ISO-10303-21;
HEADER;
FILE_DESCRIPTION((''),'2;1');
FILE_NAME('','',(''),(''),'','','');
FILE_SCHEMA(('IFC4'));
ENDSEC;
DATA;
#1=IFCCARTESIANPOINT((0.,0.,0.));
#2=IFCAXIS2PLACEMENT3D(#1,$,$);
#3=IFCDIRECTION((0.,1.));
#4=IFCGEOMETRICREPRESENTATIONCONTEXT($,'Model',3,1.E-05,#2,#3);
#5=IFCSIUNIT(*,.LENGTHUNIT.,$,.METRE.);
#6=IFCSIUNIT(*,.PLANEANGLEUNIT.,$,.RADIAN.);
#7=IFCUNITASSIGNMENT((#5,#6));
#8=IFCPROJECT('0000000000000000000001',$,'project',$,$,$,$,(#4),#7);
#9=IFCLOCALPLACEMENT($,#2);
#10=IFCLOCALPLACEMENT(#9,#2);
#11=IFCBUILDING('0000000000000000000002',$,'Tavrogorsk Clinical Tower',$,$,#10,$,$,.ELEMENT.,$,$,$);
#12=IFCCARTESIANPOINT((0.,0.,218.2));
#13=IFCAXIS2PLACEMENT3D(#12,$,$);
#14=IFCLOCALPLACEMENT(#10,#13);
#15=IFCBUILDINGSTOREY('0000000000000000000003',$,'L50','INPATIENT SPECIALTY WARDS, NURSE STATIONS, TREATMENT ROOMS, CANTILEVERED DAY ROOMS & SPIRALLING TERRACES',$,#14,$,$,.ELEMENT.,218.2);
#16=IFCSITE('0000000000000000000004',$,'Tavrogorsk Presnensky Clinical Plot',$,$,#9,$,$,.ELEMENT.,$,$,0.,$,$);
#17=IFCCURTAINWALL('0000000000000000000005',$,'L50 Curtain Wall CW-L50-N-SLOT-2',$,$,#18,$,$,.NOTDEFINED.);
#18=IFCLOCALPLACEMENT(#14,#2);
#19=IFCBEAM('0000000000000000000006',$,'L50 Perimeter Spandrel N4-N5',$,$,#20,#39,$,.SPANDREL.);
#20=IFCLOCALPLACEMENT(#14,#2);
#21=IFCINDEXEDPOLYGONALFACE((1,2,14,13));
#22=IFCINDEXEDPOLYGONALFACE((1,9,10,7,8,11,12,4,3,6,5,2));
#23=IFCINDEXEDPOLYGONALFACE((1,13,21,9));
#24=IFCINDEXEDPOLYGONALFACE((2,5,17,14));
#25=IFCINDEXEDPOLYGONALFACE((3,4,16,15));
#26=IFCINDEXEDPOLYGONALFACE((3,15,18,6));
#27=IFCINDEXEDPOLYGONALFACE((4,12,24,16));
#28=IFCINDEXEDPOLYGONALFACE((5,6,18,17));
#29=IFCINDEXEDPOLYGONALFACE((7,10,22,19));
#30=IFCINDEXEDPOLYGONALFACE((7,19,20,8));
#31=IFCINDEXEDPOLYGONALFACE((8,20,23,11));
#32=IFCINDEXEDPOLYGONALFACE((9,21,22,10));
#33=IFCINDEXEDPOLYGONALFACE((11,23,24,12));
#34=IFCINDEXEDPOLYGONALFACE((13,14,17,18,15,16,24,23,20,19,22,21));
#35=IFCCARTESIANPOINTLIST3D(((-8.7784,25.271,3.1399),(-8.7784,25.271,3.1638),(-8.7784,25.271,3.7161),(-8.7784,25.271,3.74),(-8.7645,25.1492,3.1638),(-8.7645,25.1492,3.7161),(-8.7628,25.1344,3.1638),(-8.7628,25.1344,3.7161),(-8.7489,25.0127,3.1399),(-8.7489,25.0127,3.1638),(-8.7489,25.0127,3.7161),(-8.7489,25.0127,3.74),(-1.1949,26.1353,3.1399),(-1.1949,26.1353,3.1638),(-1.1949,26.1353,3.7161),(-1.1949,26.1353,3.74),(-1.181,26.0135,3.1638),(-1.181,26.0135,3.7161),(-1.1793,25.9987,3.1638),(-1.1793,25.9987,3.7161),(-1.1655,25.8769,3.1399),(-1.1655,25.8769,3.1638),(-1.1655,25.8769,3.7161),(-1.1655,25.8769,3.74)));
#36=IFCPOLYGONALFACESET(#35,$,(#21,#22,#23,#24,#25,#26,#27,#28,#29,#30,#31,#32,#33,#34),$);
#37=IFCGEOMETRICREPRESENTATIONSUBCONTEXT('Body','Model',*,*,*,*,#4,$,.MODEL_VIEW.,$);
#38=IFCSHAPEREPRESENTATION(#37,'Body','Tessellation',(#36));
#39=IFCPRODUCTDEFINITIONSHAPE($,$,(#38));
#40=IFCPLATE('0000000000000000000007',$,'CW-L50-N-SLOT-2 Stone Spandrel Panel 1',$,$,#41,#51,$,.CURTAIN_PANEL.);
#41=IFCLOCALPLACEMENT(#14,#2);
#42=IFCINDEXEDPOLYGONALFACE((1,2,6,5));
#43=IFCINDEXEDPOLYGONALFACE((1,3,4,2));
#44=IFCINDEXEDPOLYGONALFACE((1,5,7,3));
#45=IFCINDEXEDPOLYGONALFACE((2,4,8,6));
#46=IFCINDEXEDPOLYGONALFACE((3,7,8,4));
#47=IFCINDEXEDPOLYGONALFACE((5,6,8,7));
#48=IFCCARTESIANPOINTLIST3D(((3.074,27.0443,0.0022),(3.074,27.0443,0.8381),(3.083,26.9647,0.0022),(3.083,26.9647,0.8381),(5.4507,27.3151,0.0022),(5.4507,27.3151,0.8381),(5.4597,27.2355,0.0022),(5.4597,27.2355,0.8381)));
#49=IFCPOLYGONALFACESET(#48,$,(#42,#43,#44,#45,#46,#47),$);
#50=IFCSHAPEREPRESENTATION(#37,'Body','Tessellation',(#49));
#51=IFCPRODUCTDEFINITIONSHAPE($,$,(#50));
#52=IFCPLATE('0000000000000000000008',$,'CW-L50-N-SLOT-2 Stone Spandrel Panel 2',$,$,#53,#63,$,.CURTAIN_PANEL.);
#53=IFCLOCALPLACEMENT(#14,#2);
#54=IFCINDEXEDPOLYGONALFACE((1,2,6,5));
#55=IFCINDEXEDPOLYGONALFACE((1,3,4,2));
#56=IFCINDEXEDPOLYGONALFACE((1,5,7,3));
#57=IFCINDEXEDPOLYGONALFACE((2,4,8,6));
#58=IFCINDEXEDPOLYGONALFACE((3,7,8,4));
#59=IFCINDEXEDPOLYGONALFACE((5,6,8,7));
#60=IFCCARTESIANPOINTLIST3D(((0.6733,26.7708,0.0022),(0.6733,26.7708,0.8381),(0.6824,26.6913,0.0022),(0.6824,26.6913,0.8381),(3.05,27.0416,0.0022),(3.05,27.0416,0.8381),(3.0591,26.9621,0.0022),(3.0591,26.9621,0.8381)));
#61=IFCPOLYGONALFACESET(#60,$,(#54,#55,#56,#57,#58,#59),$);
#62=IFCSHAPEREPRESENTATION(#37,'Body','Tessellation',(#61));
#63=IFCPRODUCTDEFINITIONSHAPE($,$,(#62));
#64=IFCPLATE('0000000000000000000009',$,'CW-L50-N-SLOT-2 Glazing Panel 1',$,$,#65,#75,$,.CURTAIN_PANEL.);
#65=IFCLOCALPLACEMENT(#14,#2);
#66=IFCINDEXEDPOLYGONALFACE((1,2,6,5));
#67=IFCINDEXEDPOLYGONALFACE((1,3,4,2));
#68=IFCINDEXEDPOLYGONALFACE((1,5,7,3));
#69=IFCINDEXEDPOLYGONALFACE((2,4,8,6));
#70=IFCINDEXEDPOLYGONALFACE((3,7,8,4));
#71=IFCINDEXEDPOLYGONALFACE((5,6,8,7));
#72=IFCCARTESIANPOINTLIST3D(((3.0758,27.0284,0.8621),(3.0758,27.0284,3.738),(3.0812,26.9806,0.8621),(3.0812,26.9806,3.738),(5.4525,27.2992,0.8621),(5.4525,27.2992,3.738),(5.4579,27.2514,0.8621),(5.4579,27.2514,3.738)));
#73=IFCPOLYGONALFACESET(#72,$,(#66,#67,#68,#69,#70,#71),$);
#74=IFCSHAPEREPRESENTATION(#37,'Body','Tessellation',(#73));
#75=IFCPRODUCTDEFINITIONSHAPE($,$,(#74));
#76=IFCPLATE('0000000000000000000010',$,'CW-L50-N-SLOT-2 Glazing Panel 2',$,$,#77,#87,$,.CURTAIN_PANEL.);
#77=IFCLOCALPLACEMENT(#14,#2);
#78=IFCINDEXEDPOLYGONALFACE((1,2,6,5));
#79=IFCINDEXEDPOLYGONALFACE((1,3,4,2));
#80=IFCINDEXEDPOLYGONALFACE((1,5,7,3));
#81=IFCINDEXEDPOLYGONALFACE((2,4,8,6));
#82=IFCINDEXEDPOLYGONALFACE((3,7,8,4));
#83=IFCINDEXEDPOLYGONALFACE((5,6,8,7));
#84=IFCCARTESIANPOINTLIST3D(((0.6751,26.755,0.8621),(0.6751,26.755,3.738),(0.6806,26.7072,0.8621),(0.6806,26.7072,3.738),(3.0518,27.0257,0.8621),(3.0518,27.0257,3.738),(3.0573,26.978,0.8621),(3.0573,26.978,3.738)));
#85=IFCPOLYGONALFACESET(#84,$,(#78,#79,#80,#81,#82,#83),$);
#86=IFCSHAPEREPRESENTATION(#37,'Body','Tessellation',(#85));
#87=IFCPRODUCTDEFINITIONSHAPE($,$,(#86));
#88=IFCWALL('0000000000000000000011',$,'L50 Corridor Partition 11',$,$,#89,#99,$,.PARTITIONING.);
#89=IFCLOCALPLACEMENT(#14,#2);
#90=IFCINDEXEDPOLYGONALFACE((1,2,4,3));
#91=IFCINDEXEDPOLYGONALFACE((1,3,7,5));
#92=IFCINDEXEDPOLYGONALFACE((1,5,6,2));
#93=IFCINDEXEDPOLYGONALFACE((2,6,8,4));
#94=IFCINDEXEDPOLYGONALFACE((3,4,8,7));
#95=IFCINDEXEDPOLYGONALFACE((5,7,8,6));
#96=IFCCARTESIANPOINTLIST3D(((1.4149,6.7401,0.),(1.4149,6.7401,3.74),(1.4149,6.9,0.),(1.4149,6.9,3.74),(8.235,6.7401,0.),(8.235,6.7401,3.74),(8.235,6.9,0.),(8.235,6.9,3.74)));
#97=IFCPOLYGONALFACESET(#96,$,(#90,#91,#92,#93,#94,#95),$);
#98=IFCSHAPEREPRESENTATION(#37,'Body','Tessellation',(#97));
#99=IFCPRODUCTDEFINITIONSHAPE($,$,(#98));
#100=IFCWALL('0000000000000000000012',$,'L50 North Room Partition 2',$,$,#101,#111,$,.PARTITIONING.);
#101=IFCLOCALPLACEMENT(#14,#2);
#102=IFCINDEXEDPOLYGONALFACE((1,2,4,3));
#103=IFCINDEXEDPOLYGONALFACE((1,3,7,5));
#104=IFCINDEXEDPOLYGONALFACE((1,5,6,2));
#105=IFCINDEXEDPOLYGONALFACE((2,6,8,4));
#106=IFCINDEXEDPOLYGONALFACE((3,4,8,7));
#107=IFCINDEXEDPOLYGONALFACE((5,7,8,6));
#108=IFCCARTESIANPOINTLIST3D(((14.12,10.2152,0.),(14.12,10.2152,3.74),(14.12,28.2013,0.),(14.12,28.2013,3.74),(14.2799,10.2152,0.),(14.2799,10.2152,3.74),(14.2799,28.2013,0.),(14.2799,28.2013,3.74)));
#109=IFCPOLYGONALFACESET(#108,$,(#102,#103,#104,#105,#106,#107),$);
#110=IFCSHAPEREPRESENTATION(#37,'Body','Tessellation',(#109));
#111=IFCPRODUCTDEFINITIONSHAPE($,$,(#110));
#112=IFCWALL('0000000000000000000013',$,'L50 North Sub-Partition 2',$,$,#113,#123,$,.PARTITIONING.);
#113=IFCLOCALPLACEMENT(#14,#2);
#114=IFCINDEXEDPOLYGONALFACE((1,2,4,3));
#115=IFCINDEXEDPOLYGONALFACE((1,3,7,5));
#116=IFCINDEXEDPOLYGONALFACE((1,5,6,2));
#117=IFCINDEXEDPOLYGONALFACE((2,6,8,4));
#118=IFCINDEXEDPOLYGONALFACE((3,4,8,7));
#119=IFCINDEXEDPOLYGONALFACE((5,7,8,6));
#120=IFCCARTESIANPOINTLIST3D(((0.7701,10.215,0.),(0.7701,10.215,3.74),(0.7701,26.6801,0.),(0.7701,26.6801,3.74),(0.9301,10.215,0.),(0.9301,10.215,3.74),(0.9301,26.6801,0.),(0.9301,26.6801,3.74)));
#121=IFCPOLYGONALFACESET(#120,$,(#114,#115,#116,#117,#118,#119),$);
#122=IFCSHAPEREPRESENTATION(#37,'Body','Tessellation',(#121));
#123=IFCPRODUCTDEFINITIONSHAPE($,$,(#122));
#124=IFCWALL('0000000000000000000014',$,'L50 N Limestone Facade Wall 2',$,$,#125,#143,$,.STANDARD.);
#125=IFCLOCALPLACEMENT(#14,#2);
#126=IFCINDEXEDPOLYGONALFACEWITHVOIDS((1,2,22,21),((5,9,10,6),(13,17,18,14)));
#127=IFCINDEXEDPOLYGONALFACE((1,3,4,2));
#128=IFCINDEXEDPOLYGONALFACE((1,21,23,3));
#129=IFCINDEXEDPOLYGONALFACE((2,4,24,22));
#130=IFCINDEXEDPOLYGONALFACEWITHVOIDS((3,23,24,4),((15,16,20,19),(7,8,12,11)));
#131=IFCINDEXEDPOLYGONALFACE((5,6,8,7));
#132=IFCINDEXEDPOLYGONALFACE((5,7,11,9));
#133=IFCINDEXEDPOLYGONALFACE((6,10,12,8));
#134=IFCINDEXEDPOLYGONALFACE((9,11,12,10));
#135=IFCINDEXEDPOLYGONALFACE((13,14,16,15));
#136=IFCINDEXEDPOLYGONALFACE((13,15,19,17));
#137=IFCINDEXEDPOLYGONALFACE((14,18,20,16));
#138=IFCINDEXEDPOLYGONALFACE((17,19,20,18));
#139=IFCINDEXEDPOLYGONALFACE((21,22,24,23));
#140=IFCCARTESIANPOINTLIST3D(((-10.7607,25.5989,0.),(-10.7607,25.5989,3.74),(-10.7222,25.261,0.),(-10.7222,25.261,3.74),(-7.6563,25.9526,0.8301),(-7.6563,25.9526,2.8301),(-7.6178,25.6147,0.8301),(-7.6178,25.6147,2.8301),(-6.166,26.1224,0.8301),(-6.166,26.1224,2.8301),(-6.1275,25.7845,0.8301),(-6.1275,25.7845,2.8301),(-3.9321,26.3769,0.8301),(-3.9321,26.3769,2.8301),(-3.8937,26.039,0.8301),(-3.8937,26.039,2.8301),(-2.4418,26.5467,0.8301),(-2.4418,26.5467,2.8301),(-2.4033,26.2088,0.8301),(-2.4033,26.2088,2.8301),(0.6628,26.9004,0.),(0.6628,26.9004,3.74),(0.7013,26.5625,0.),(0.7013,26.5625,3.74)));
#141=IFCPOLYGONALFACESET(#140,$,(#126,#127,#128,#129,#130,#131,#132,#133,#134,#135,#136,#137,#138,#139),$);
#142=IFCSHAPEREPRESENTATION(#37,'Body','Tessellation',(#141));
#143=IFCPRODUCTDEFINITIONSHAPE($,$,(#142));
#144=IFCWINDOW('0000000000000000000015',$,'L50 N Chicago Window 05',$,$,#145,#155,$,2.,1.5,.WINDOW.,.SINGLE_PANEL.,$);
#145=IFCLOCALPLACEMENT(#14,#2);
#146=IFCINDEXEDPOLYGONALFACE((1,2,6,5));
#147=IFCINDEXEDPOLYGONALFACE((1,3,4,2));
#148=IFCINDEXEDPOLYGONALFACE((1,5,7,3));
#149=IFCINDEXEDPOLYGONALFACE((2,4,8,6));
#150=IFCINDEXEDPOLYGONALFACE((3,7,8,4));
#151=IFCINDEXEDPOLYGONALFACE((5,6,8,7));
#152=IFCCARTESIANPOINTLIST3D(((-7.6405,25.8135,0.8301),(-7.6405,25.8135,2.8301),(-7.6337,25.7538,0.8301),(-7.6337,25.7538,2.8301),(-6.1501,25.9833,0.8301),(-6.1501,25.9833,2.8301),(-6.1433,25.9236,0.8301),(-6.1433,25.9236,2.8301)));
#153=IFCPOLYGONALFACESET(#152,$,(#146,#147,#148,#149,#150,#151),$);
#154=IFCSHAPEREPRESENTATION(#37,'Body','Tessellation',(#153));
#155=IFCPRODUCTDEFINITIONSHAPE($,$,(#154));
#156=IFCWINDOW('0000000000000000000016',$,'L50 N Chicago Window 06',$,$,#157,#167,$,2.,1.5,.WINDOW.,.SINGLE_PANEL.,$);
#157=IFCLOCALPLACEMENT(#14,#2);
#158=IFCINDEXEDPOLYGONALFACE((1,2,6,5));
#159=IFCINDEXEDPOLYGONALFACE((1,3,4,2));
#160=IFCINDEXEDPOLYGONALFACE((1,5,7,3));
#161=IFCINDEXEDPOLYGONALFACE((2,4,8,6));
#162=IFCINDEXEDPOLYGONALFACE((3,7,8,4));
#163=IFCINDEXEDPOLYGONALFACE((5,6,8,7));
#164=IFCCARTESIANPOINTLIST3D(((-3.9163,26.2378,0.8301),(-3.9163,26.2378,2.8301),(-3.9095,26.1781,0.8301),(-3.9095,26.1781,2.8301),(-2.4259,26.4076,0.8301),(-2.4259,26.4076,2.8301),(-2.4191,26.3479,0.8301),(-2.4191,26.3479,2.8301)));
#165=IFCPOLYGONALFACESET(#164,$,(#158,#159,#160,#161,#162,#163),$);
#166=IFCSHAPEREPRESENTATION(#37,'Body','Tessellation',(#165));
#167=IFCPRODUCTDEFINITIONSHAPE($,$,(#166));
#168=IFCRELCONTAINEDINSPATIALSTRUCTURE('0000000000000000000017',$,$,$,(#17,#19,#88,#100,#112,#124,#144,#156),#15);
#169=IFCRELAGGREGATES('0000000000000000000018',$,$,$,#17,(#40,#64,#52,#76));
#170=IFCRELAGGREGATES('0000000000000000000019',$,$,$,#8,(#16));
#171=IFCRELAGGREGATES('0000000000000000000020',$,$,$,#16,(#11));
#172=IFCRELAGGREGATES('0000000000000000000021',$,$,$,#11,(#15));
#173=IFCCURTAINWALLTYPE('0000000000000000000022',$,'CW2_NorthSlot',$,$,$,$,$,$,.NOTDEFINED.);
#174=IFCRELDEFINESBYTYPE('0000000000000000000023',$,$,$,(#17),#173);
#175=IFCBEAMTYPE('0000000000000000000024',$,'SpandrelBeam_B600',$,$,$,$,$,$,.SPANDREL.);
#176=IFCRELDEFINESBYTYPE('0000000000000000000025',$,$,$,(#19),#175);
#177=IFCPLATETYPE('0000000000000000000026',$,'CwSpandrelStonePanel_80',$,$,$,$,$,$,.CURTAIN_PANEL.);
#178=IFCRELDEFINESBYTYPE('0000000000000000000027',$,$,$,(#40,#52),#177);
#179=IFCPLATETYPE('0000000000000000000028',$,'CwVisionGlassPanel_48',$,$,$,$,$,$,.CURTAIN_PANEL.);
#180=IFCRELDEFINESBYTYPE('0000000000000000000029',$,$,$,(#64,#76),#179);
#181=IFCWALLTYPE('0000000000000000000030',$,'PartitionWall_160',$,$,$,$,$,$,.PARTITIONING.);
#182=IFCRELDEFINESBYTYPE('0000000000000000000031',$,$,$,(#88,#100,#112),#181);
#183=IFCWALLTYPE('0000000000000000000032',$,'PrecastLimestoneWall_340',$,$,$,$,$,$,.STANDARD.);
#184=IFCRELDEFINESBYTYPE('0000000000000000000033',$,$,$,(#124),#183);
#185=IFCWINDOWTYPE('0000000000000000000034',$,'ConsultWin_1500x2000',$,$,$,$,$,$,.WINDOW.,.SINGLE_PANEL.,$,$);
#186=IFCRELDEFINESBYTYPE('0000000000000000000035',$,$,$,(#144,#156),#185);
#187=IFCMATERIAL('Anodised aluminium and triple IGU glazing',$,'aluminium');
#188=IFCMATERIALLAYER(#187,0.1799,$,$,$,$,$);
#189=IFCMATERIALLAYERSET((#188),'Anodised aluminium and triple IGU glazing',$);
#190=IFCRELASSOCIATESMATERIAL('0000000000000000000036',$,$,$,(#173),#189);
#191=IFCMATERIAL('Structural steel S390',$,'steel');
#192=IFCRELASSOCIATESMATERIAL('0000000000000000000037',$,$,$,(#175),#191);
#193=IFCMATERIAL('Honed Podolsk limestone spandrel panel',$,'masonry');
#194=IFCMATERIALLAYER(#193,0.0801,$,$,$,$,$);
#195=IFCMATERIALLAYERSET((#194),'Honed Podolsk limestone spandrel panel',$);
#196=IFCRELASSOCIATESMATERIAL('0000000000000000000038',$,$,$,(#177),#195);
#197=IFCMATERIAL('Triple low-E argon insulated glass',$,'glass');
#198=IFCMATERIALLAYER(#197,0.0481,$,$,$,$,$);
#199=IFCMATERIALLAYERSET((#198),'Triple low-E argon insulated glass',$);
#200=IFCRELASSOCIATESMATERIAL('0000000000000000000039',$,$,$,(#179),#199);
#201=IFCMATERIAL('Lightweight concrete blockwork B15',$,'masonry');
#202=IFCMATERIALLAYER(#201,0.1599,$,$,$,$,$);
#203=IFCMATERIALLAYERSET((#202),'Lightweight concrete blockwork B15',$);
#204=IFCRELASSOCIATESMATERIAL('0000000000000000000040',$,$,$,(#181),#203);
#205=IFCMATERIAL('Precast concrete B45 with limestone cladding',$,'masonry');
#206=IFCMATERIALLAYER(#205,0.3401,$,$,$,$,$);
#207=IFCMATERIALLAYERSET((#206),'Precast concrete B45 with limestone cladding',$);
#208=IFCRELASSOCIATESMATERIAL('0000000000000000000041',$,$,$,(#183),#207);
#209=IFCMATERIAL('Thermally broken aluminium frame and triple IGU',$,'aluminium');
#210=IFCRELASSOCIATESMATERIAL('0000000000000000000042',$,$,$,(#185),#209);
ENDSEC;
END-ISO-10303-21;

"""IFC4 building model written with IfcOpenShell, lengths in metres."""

from ifc_helpers import new_model, si_unit, direction, frame, frame_2d, origin, origin_2d, place, context, subcontext, project, spatial, rectangle, i_section, extrude, material, layer, layer_set, material_profile, profile_set, type_object, element, fill, aggregate, save


model = new_model("IFC4")

# Units and contexts
model_context = context("Model", 3, precision=1e-05, world=origin(), true_north=direction((0.0, 1.0)))
body_context = subcontext(model_context, "Body", "Model", "MODEL_VIEW")
ifc_project = project(units=[si_unit("LENGTHUNIT", "METRE"), si_unit("PLANEANGLEUNIT", "RADIAN")], contexts=[model_context])

# Site, building, storey
site_placement = place(None, origin())
site = spatial("IfcSite", under=ifc_project, at=site_placement, Name="Tavrogorsk Presnensky Clinical Plot", CompositionType="ELEMENT", RefElevation=0.0)
building_placement = place(site_placement, origin())
building = spatial("IfcBuilding", under=site, at=building_placement, Name="Tavrogorsk Clinical Tower", CompositionType="ELEMENT")
storey_placement = place(building_placement, frame((0.0, 0.0, 218.2)))
storey = spatial("IfcBuildingStorey", under=building, at=storey_placement, Name="L50", Description="INPATIENT SPECIALTY WARDS, NURSE STATIONS, TREATMENT ROOMS, CANTILEVERED DAY ROOMS & SPIRALLING TERRACES", CompositionType="ELEMENT", Elevation=218.2)

# Curtain wall
ifc_material_1 = material(Name="Anodised aluminium and triple IGU glazing", Category="aluminium")
ifc_layer_1 = layer(ifc_material_1, 0.1799)
ifc_layer_set_1 = layer_set([ifc_layer_1], Name="Anodised aluminium and triple IGU glazing")
curtain_wall_type = type_object("IfcCurtainWallType", Name="CW2_NorthSlot", PredefinedType="NOTDEFINED", material=ifc_layer_set_1)
curtain_wall_placement = place(storey_placement, origin())
curtain_wall = element("IfcCurtainWall", 1, at=curtain_wall_placement, inside=storey, type_object=curtain_wall_type, Name="L50 Curtain Wall CW-L50-N-SLOT-2", PredefinedType="NOTDEFINED")

# Beam
ifc_material_2 = material(Name="Structural steel S390", Category="steel")
ifc_material_profile_1 = material_profile(ifc_material_2, i_section(OverallWidth=0.26, OverallDepth=0.6001, WebThickness=0.0149, FlangeThickness=0.0239, at=origin_2d()), Name="B-600x260x15x24")
ifc_profile_set_1 = profile_set([ifc_material_profile_1], Name="Structural steel S390")
beam_type = type_object("IfcBeamType", Name="SpandrelBeam_B600", PredefinedType="SPANDREL", material=ifc_profile_set_1)
for number, where, z_axis, x_axis, name in (
    (2, (-1.1802, 26.0061, 3.4399), (-0.993569, -0.113233, 0.0), (0.113233, -0.993569, 0.0), "L50 Perimeter Spandrel N4-N5"),
):
    element("IfcBeam", number, at=place(storey_placement, frame(where, z_axis=z_axis, x_axis=x_axis)), inside=storey, type_object=beam_type, Name=name, PredefinedType="SPANDREL", context=body_context, shape_type="SweptSolid", body=[
        extrude(i_section(OverallWidth=0.26, OverallDepth=0.6001, WebThickness=0.0149, FlangeThickness=0.0239, at=origin_2d()), origin(), (0.0, 0.0, 1.0), 7.6326),
    ])

# Plates
ifc_material_3 = material(Name="Honed Podolsk limestone spandrel panel", Category="masonry")
ifc_layer_2 = layer(ifc_material_3, 0.0801)
ifc_layer_set_2 = layer_set([ifc_layer_2], Name="Honed Podolsk limestone spandrel panel")
plate_type_1 = type_object("IfcPlateType", Name="CwSpandrelStonePanel_80", PredefinedType="CURTAIN_PANEL", material=ifc_layer_set_2)
plate_1_placement = place(storey_placement, frame((4.2668, 27.1399, 0.0022), z_axis=(0.0, 0.0, 1.0), x_axis=(-0.993572, -0.113203, 0.0)))
plate_1 = element("IfcPlate", 3, at=plate_1_placement, type_object=plate_type_1, Name="CW-L50-N-SLOT-2 Stone Spandrel Panel 1", PredefinedType="CURTAIN_PANEL", context=body_context, shape_type="SweptSolid", body=[
    extrude(rectangle(XDim=2.3921, YDim=0.0801, at=origin_2d()), origin(), (0.0, 0.0, 1.0), 0.8359),
])
plate_2_placement = place(storey_placement, frame((1.8662, 26.8665, 0.0022), z_axis=(0.0, 0.0, 1.0), x_axis=(-0.993572, -0.113203, 0.0)))
plate_2 = element("IfcPlate", 4, at=plate_2_placement, type_object=plate_type_1, Name="CW-L50-N-SLOT-2 Stone Spandrel Panel 2", PredefinedType="CURTAIN_PANEL", context=body_context, shape_type="SweptSolid", body=[
    extrude(rectangle(XDim=2.3921, YDim=0.0801, at=origin_2d()), origin(), (0.0, 0.0, 1.0), 0.8359),
])
ifc_material_4 = material(Name="Triple low-E argon insulated glass", Category="glass")
ifc_layer_3 = layer(ifc_material_4, 0.0481)
ifc_layer_set_3 = layer_set([ifc_layer_3], Name="Triple low-E argon insulated glass")
plate_type_2 = type_object("IfcPlateType", Name="CwVisionGlassPanel_48", PredefinedType="CURTAIN_PANEL", material=ifc_layer_set_3)
plate_3_placement = place(storey_placement, frame((4.2668, 27.1399, 0.8621), z_axis=(0.0, 0.0, 1.0), x_axis=(-0.993572, -0.113203, 0.0)))
plate_3 = element("IfcPlate", 5, at=plate_3_placement, type_object=plate_type_2, Name="CW-L50-N-SLOT-2 Glazing Panel 1", PredefinedType="CURTAIN_PANEL", context=body_context, shape_type="SweptSolid", body=[
    extrude(rectangle(XDim=2.3921, YDim=0.0481, at=origin_2d()), origin(), (0.0, 0.0, 1.0), 2.876),
])
plate_4_placement = place(storey_placement, frame((1.8662, 26.8665, 0.8621), z_axis=(0.0, 0.0, 1.0), x_axis=(-0.993572, -0.113203, 0.0)))
plate_4 = element("IfcPlate", 6, at=plate_4_placement, type_object=plate_type_2, Name="CW-L50-N-SLOT-2 Glazing Panel 2", PredefinedType="CURTAIN_PANEL", context=body_context, shape_type="SweptSolid", body=[
    extrude(rectangle(XDim=2.3921, YDim=0.0481, at=origin_2d()), origin(), (0.0, 0.0, 1.0), 2.876),
])
aggregate(curtain_wall, [plate_1, plate_3, plate_2, plate_4])

# Walls
ifc_material_5 = material(Name="Lightweight concrete blockwork B15", Category="masonry")
ifc_layer_4 = layer(ifc_material_5, 0.1599)
ifc_layer_set_4 = layer_set([ifc_layer_4], Name="Lightweight concrete blockwork B15")
wall_type_1 = type_object("IfcWallType", Name="PartitionWall_160", PredefinedType="PARTITIONING", material=ifc_layer_set_4)
wall_1_placement = place(storey_placement, frame((8.2351, 6.8201, 0.0), z_axis=(0.0, 0.0, 1.0), x_axis=(-1.0, 0.0, 0.0)))
element("IfcWall", 7, at=wall_1_placement, inside=storey, type_object=wall_type_1, Name="L50 Corridor Partition 11", PredefinedType="PARTITIONING", context=body_context, shape_type="SweptSolid", body=[
    extrude(rectangle(XDim=6.8201, YDim=0.1599, at=frame_2d((3.4102, 0.0))), origin(), (0.0, 0.0, 1.0), 3.74),
])
wall_2_placement = place(storey_placement, frame((14.2, 10.2151, 0.0), z_axis=(0.0, 0.0, 1.0), x_axis=(0.0, 1.0, 0.0)))
element("IfcWall", 8, at=wall_2_placement, inside=storey, type_object=wall_type_1, Name="L50 North Room Partition 2", PredefinedType="PARTITIONING", context=body_context, shape_type="SweptSolid", body=[
    extrude(rectangle(XDim=17.9861, YDim=0.1599, at=frame_2d((8.9932, 0.0))), origin(), (0.0, 0.0, 1.0), 3.74),
])
wall_3_placement = place(storey_placement, frame((0.8501, 10.2151, 0.0), z_axis=(0.0, 0.0, 1.0), x_axis=(0.0, 1.0, 0.0)))
element("IfcWall", 9, at=wall_3_placement, inside=storey, type_object=wall_type_1, Name="L50 North Sub-Partition 2", PredefinedType="PARTITIONING", context=body_context, shape_type="SweptSolid", body=[
    extrude(rectangle(XDim=16.4651, YDim=0.1599, at=frame_2d((8.2324, 0.0))), origin(), (0.0, 0.0, 1.0), 3.74),
])

# Wall, openings, windows
ifc_material_6 = material(Name="Precast concrete B45 with limestone cladding", Category="masonry")
ifc_layer_5 = layer(ifc_material_6, 0.3401)
ifc_layer_set_5 = layer_set([ifc_layer_5], Name="Precast concrete B45 with limestone cladding")
wall_type_2 = type_object("IfcWallType", Name="PrecastLimestoneWall_340", PredefinedType="STANDARD", material=ifc_layer_set_5)
wall_4_placement = place(storey_placement, frame((0.6819, 26.7314, 0.0), z_axis=(0.0, 0.0, 1.0), x_axis=(-0.993572, -0.113202, 0.0)))
wall_4 = element("IfcWall", 10, at=wall_4_placement, inside=storey, type_object=wall_type_2, Name="L50 N Limestone Facade Wall 2", PredefinedType="STANDARD", context=body_context, shape_type="SweptSolid", body=[
    extrude(rectangle(XDim=11.4973, YDim=0.3401, at=frame_2d((5.7485, 0.0))), origin(), (0.0, 0.0, 1.0), 3.74),
])
opening_1_placement = place(wall_4_placement, frame((6.8728, 0.0, 0.8301)))
opening_1 = element("IfcOpeningElement", 11, at=opening_1_placement, cuts=wall_4, PredefinedType="OPENING", context=body_context, shape_type="SweptSolid", body=[
    extrude(rectangle(XDim=1.5, YDim=2.0, at=frame_2d((0.75, 1.0))), frame((0.0, 0.1799, 0.0), z_axis=(0.0, -1.0, 0.0), x_axis=(1.0, 0.0, 0.0)), (0.0, 0.0, 1.0), 0.3601),
])
opening_2_placement = place(wall_4_placement, frame((3.1245, 0.0, 0.8301)))
opening_2 = element("IfcOpeningElement", 12, at=opening_2_placement, cuts=wall_4, PredefinedType="OPENING", context=body_context, shape_type="SweptSolid", body=[
    extrude(rectangle(XDim=1.5, YDim=2.0, at=frame_2d((0.75, 1.0))), frame((0.0, 0.1799, 0.0), z_axis=(0.0, -1.0, 0.0), x_axis=(1.0, 0.0, 0.0)), (0.0, 0.0, 1.0), 0.3601),
])
ifc_material_7 = material(Name="Thermally broken aluminium frame and triple IGU", Category="aluminium")
window_type = type_object("IfcWindowType", Name="ConsultWin_1500x2000", PartitioningType="SINGLE_PANEL", PredefinedType="WINDOW", material=ifc_material_7)
window_1_placement = place(opening_1_placement, origin())
window_1 = element("IfcWindow", 13, at=window_1_placement, inside=storey, type_object=window_type, Name="L50 N Chicago Window 05", OverallHeight=2.0, OverallWidth=1.5, PartitioningType="SINGLE_PANEL", PredefinedType="WINDOW", context=body_context, shape_type="SweptSolid", body=[
    extrude(rectangle(XDim=1.5, YDim=2.0, at=frame_2d((0.75, 1.0))), frame((0.0, 0.03, 0.0), z_axis=(0.0, -1.0, 0.0), x_axis=(1.0, 0.0, 0.0)), (0.0, 0.0, 1.0), 0.0601),
])
fill(opening_1, window_1)
window_2_placement = place(opening_2_placement, origin())
window_2 = element("IfcWindow", 14, at=window_2_placement, inside=storey, type_object=window_type, Name="L50 N Chicago Window 06", OverallHeight=2.0, OverallWidth=1.5, PartitioningType="SINGLE_PANEL", PredefinedType="WINDOW", context=body_context, shape_type="SweptSolid", body=[
    extrude(rectangle(XDim=1.5, YDim=2.0, at=frame_2d((0.75, 1.0))), frame((0.0, 0.03, 0.0), z_axis=(0.0, -1.0, 0.0), x_axis=(1.0, 0.0, 0.0)), (0.0, 0.0, 1.0), 0.0601),
])
fill(opening_2, window_2)

save(model, "model.ifc")
